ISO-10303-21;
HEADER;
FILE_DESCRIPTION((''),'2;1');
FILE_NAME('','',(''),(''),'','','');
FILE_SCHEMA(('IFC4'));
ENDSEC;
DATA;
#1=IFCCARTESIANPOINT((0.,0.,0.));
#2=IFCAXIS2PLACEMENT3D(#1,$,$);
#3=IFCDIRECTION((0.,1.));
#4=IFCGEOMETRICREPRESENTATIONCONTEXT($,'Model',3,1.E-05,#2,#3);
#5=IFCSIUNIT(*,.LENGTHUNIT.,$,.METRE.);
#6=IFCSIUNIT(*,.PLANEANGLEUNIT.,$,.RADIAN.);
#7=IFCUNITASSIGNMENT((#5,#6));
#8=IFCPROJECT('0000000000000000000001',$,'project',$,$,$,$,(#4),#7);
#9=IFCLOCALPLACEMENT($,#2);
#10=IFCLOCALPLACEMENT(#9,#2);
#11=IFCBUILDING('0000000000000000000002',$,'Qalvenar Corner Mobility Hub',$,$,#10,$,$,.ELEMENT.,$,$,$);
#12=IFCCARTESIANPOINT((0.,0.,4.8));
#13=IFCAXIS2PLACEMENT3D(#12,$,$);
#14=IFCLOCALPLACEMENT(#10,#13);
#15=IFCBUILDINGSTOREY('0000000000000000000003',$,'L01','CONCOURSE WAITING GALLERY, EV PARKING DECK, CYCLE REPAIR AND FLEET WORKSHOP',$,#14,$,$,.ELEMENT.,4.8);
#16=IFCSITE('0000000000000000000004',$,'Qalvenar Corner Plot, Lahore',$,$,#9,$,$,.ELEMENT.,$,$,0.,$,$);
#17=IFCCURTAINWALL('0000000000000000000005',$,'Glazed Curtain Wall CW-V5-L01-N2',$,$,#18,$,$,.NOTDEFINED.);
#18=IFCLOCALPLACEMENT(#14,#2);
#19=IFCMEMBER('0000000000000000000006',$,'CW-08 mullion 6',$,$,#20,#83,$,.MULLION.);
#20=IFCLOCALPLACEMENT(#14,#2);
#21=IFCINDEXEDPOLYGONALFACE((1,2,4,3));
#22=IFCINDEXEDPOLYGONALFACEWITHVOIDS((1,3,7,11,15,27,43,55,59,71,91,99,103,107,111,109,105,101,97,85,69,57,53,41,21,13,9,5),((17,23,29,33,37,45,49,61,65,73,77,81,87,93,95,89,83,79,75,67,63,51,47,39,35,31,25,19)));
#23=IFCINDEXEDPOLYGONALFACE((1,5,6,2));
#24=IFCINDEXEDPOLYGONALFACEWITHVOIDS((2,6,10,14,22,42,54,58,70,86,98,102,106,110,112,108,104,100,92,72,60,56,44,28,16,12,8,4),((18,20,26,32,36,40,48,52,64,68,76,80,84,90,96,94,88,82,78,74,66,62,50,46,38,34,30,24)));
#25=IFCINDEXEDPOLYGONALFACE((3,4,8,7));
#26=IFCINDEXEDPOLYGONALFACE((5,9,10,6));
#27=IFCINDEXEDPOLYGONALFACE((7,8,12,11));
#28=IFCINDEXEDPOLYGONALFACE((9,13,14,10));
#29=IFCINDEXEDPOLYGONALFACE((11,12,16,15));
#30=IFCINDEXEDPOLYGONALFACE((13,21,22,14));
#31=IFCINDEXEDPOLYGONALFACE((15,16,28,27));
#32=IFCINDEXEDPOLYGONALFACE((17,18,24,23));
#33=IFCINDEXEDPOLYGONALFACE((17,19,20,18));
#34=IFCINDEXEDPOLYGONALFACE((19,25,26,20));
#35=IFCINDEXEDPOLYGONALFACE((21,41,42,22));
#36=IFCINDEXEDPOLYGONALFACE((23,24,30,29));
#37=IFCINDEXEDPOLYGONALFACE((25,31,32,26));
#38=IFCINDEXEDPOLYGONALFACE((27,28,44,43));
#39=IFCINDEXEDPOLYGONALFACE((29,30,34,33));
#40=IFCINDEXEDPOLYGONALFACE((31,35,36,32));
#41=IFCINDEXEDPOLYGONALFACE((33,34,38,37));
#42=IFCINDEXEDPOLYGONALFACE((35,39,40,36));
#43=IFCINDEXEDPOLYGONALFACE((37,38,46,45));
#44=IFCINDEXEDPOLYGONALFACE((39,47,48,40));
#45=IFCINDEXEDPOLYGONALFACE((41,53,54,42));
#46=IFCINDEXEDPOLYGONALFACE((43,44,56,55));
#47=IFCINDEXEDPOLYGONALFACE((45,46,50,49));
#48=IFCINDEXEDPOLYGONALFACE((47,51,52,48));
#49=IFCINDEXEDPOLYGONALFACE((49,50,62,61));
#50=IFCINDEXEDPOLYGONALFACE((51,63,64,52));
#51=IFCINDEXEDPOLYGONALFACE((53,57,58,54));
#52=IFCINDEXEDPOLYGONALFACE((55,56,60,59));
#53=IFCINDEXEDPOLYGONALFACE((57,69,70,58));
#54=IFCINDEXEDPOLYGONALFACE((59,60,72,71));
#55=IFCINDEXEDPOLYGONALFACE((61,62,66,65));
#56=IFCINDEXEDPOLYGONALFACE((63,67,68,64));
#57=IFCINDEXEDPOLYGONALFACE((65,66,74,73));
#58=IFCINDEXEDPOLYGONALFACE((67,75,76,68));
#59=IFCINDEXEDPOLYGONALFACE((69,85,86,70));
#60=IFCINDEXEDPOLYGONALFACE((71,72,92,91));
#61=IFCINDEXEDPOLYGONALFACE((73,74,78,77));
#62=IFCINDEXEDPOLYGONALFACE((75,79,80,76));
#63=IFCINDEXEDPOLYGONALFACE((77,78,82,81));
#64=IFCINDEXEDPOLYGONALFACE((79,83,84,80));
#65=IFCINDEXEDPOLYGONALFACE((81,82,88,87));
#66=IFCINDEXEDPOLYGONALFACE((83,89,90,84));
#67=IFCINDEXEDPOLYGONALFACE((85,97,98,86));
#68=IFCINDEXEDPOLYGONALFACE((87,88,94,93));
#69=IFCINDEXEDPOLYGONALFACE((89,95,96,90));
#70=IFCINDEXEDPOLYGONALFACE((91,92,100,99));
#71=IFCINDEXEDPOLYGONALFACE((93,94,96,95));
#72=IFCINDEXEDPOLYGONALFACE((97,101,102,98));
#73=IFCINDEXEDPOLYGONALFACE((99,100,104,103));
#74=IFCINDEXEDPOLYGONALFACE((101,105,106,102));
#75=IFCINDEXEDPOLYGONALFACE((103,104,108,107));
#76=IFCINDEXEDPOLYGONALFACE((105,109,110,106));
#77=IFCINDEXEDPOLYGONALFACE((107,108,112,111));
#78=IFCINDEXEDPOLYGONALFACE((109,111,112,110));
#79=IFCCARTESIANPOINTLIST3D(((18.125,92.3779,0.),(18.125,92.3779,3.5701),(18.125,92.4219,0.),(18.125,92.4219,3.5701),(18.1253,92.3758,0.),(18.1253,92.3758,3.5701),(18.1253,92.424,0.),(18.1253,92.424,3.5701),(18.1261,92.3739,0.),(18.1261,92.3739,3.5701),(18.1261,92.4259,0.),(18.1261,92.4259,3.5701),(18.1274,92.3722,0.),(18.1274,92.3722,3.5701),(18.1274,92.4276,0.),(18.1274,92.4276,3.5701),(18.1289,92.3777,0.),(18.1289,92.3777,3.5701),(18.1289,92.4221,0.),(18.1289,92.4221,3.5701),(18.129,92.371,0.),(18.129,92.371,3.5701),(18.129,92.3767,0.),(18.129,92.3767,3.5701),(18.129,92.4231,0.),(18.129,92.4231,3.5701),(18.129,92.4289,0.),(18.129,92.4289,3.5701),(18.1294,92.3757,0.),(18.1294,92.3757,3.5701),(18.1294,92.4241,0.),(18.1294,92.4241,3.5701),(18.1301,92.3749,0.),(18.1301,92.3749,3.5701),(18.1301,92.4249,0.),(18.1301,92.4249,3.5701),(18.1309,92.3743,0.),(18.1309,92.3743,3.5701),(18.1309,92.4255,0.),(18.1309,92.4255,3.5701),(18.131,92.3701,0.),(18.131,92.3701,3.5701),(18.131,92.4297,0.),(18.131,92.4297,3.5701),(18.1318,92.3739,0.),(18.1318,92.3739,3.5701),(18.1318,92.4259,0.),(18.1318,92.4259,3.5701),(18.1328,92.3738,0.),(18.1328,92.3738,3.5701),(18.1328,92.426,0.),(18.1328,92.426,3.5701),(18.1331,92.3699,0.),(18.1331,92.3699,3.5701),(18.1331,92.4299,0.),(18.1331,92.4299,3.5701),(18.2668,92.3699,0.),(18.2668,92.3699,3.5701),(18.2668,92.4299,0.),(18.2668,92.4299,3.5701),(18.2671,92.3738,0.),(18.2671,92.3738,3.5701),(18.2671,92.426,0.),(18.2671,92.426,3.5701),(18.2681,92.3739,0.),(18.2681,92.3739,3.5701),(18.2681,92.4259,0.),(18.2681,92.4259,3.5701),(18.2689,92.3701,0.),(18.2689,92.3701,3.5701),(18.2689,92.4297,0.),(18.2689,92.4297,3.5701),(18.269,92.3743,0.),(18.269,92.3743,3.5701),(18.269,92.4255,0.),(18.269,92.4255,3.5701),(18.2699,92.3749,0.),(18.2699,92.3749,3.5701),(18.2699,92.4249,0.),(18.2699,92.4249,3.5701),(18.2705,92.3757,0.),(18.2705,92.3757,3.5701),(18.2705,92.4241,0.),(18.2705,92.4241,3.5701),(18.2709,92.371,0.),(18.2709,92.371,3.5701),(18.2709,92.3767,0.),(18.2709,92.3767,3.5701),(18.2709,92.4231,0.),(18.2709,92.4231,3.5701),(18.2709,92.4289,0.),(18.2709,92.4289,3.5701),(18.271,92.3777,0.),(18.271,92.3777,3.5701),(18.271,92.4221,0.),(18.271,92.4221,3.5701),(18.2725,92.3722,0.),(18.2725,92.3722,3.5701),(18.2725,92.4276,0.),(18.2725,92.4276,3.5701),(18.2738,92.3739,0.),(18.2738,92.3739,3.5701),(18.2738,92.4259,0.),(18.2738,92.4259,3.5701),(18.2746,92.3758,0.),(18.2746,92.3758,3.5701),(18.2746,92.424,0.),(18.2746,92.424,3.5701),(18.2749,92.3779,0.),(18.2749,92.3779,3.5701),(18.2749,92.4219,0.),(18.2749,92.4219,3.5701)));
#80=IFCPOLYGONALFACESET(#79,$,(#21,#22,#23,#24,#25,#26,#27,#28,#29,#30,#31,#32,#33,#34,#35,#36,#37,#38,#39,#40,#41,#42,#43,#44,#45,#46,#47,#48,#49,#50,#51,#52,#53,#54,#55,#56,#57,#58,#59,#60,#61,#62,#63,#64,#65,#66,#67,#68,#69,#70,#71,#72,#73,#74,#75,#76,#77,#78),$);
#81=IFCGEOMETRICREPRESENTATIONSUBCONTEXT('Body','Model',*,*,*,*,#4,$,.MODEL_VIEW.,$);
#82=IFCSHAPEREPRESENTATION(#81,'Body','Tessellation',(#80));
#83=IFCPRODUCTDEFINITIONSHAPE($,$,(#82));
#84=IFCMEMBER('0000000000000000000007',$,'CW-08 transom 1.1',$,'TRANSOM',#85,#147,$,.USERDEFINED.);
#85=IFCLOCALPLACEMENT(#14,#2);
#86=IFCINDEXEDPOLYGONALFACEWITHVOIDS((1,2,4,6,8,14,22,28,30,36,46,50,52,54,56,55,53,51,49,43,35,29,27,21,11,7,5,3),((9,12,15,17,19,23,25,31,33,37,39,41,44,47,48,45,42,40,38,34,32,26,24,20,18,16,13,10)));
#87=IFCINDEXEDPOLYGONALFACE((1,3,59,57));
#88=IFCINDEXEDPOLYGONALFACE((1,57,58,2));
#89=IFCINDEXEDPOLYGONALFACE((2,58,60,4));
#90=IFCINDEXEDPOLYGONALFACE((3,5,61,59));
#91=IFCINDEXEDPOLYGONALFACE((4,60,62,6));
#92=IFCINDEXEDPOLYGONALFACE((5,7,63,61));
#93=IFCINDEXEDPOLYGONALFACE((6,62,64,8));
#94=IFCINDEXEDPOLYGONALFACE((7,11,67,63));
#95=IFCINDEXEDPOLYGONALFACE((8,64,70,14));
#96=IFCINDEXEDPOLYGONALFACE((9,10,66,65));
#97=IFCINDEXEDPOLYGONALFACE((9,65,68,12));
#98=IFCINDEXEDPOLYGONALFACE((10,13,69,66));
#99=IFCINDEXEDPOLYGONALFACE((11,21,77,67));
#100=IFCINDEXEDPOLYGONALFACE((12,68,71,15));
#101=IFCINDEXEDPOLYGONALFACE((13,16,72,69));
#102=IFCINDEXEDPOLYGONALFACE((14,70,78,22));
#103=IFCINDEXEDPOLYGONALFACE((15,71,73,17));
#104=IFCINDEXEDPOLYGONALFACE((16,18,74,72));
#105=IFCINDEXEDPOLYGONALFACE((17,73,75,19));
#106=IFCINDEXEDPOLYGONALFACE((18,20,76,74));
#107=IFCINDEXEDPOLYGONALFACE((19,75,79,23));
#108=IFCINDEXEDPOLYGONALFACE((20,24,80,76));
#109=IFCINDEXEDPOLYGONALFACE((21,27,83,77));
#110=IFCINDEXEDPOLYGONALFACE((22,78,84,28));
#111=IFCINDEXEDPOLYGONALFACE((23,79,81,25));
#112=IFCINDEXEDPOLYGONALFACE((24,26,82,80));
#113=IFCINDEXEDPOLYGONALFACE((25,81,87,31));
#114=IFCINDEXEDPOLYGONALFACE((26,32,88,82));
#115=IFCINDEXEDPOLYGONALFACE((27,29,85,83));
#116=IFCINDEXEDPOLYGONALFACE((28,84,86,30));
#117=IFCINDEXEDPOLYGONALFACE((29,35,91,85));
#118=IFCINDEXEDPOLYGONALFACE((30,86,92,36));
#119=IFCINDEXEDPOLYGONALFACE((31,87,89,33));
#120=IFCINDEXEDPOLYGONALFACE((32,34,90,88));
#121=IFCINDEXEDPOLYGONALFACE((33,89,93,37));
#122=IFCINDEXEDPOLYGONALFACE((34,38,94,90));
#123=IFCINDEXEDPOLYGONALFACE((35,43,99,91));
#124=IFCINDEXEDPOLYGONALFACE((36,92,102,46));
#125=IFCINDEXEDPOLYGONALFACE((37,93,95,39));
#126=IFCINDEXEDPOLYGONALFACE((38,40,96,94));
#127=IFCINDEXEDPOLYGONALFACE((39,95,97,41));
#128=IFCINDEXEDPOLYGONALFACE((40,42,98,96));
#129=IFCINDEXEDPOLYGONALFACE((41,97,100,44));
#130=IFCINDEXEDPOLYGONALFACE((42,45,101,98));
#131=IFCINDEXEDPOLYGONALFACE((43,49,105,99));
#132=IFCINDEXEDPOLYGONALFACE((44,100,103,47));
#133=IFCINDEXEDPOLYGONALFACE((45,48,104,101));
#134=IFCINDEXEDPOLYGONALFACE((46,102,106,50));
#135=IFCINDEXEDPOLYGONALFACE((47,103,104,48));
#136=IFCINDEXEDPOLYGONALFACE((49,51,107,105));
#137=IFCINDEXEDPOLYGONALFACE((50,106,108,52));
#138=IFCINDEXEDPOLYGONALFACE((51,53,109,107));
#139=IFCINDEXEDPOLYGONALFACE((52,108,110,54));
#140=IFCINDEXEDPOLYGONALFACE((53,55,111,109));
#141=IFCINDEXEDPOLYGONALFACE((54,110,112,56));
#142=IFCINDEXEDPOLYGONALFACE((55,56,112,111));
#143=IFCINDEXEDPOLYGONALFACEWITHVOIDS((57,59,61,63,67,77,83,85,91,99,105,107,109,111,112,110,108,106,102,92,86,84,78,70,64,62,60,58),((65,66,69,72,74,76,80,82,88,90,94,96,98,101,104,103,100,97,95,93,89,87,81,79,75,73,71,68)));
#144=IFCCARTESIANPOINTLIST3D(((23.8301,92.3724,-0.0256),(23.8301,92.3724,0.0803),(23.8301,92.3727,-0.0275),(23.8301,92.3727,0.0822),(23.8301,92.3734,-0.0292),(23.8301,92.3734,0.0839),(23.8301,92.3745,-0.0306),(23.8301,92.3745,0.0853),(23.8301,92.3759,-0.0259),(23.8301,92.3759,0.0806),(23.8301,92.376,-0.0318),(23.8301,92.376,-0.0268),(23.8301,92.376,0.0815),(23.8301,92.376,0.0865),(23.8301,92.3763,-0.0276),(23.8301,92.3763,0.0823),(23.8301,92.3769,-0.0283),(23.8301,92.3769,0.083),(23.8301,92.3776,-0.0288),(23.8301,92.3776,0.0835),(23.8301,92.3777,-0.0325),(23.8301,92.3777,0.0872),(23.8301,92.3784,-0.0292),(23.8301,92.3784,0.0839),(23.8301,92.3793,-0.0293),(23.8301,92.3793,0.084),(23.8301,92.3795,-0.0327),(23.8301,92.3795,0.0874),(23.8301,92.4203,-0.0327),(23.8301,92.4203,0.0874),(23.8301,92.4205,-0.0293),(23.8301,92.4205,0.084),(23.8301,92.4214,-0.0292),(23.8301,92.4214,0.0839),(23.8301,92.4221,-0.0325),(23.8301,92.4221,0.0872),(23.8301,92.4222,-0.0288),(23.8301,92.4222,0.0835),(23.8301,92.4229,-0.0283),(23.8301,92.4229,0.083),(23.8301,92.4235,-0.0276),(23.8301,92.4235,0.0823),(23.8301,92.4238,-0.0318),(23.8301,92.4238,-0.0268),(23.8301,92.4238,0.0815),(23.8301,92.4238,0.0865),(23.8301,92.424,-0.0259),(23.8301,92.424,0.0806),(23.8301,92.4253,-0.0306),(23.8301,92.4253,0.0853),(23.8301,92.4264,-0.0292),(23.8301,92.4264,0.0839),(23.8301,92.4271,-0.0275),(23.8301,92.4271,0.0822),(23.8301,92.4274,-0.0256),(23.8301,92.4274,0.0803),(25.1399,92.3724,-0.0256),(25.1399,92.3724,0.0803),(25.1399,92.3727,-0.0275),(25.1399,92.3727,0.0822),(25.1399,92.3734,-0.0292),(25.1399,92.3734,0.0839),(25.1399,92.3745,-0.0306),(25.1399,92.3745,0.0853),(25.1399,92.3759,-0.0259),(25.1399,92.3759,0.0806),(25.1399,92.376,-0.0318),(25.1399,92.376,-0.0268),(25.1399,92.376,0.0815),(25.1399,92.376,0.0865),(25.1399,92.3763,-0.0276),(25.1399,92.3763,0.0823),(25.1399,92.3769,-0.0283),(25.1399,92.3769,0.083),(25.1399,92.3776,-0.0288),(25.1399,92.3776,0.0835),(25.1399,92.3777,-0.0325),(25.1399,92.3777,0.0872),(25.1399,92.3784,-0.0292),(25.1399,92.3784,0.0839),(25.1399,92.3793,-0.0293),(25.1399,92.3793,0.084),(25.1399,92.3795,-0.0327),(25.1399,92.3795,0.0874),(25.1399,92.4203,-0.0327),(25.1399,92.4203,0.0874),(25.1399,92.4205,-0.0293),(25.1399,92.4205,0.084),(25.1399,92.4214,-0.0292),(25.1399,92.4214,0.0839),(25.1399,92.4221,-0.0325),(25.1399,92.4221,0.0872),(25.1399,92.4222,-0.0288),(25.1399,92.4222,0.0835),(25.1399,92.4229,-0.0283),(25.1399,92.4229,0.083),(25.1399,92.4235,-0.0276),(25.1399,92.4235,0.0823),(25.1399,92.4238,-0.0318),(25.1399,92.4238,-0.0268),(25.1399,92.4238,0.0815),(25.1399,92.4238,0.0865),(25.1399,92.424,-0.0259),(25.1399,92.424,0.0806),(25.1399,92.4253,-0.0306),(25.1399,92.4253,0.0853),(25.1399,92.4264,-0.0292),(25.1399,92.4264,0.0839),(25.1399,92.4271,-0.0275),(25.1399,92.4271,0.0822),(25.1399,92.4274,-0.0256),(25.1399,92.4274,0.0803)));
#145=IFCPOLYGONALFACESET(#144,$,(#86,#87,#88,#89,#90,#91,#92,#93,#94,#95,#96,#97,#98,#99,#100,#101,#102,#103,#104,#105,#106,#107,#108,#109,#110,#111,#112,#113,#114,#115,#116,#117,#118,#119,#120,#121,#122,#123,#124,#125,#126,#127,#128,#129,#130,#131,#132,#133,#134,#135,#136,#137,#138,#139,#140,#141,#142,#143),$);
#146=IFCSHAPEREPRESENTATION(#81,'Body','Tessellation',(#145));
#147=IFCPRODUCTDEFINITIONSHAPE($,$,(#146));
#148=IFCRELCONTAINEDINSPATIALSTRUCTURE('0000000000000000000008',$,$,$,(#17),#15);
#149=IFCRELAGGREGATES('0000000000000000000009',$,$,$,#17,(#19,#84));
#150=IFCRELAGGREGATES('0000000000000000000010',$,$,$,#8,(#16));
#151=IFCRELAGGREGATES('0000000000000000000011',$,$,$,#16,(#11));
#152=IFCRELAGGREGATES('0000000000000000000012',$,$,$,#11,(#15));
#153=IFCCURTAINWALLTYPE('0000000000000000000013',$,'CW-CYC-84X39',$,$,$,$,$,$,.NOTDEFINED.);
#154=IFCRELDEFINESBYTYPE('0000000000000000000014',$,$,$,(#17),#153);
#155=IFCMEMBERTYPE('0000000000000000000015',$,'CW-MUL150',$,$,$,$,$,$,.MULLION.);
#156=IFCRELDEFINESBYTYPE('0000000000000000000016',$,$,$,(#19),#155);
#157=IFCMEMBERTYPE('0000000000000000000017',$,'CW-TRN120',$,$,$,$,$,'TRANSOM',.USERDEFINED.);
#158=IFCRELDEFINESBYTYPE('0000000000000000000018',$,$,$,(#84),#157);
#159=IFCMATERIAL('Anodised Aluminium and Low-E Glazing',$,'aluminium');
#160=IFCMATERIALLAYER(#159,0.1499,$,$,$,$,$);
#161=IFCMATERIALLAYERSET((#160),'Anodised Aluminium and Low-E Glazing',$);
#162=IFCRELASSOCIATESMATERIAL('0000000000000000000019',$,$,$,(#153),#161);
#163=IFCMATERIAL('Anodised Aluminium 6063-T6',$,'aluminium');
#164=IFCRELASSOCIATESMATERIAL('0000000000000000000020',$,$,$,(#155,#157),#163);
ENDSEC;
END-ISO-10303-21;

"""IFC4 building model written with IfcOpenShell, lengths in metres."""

from ifc_helpers import new_model, si_unit, direction, frame, origin, origin_2d, place, context, subcontext, project, spatial, hollow_rectangle, extrude, material, layer, layer_set, material_profile, profile_set, type_object, element, aggregate, save


model = new_model("IFC4")

# Units and contexts
model_context = context("Model", 3, precision=1e-05, world=origin(), true_north=direction((0.0, 1.0)))
body_context = subcontext(model_context, "Body", "Model", "MODEL_VIEW")
ifc_project = project(units=[si_unit("LENGTHUNIT", "METRE"), si_unit("PLANEANGLEUNIT", "RADIAN")], contexts=[model_context])

# Site, building, storey
site_placement = place(None, origin())
site = spatial("IfcSite", under=ifc_project, at=site_placement, Name="Qalvenar Corner Plot, Lahore", CompositionType="ELEMENT", RefElevation=0.0)
building_placement = place(site_placement, origin())
building = spatial("IfcBuilding", under=site, at=building_placement, Name="Qalvenar Corner Mobility Hub", CompositionType="ELEMENT")
storey_placement = place(building_placement, frame((0.0, 0.0, 4.8)))
storey = spatial("IfcBuildingStorey", under=building, at=storey_placement, Name="L01", Description="CONCOURSE WAITING GALLERY, EV PARKING DECK, CYCLE REPAIR AND FLEET WORKSHOP", CompositionType="ELEMENT", Elevation=4.8)

# Curtain wall, members
ifc_material_1 = material(Name="Anodised Aluminium and Low-E Glazing", Category="aluminium")
ifc_layer_1 = layer(ifc_material_1, 0.1499)
ifc_layer_set_1 = layer_set([ifc_layer_1], Name="Anodised Aluminium and Low-E Glazing")
curtain_wall_type = type_object("IfcCurtainWallType", Name="CW-CYC-84X39", PredefinedType="NOTDEFINED", material=ifc_layer_set_1)
curtain_wall_placement = place(storey_placement, origin())
curtain_wall = element("IfcCurtainWall", 1, at=curtain_wall_placement, inside=storey, type_object=curtain_wall_type, Name="Glazed Curtain Wall CW-V5-L01-N2", PredefinedType="NOTDEFINED")
ifc_material_2 = material(Name="Anodised Aluminium 6063-T6", Category="aluminium")
ifc_material_profile_1 = material_profile(ifc_material_2, hollow_rectangle(XDim=0.0601, YDim=0.1499, WallThickness=0.0039, InnerFilletRadius=0.0039, OuterFilletRadius=0.0081, at=origin_2d()), Name="RHS150x60x4")
ifc_profile_set_1 = profile_set([ifc_material_profile_1], Name="Anodised Aluminium 6063-T6")
member_type_1 = type_object("IfcMemberType", Name="CW-MUL150", PredefinedType="MULLION", material=ifc_profile_set_1)
member_1_placement = place(storey_placement, frame((18.2, 92.3999, 0.0), z_axis=(0.0, 0.0, 1.0), x_axis=(0.0, -1.0, 0.0)))
member_1 = element("IfcMember", 2, at=member_1_placement, type_object=member_type_1, Name="CW-08 mullion 6", PredefinedType="MULLION", context=body_context, shape_type="SweptSolid", body=[
    extrude(hollow_rectangle(XDim=0.0601, YDim=0.1499, WallThickness=0.0039, InnerFilletRadius=0.0039, OuterFilletRadius=0.0081, at=origin_2d()), origin(), (0.0, 0.0, 1.0), 3.5701),
])
ifc_material_profile_2 = material_profile(ifc_material_2, hollow_rectangle(XDim=0.0549, YDim=0.1201, WallThickness=0.0034, InnerFilletRadius=0.0034, OuterFilletRadius=0.0071, at=origin_2d()), Name="RHS120x55x3.5")
ifc_profile_set_2 = profile_set([ifc_material_profile_2], Name="Anodised Aluminium 6063-T6")
member_type_2 = type_object("IfcMemberType", Name="CW-TRN120", ElementType="TRANSOM", PredefinedType="USERDEFINED", material=ifc_profile_set_2)
member_2_placement = place(storey_placement, frame((25.1399, 92.3999, 0.0273), z_axis=(-1.0, 0.0, 0.0), x_axis=(0.0, -1.0, 0.0)))
member_2 = element("IfcMember", 3, at=member_2_placement, type_object=member_type_2, Name="CW-08 transom 1.1", ObjectType="TRANSOM", PredefinedType="USERDEFINED", context=body_context, shape_type="SweptSolid", body=[
    extrude(hollow_rectangle(XDim=0.0549, YDim=0.1201, WallThickness=0.0034, InnerFilletRadius=0.0034, OuterFilletRadius=0.0071, at=origin_2d()), origin(), (0.0, 0.0, 1.0), 1.3098),
])
aggregate(curtain_wall, [member_1, member_2])

save(model, "model.ifc")
